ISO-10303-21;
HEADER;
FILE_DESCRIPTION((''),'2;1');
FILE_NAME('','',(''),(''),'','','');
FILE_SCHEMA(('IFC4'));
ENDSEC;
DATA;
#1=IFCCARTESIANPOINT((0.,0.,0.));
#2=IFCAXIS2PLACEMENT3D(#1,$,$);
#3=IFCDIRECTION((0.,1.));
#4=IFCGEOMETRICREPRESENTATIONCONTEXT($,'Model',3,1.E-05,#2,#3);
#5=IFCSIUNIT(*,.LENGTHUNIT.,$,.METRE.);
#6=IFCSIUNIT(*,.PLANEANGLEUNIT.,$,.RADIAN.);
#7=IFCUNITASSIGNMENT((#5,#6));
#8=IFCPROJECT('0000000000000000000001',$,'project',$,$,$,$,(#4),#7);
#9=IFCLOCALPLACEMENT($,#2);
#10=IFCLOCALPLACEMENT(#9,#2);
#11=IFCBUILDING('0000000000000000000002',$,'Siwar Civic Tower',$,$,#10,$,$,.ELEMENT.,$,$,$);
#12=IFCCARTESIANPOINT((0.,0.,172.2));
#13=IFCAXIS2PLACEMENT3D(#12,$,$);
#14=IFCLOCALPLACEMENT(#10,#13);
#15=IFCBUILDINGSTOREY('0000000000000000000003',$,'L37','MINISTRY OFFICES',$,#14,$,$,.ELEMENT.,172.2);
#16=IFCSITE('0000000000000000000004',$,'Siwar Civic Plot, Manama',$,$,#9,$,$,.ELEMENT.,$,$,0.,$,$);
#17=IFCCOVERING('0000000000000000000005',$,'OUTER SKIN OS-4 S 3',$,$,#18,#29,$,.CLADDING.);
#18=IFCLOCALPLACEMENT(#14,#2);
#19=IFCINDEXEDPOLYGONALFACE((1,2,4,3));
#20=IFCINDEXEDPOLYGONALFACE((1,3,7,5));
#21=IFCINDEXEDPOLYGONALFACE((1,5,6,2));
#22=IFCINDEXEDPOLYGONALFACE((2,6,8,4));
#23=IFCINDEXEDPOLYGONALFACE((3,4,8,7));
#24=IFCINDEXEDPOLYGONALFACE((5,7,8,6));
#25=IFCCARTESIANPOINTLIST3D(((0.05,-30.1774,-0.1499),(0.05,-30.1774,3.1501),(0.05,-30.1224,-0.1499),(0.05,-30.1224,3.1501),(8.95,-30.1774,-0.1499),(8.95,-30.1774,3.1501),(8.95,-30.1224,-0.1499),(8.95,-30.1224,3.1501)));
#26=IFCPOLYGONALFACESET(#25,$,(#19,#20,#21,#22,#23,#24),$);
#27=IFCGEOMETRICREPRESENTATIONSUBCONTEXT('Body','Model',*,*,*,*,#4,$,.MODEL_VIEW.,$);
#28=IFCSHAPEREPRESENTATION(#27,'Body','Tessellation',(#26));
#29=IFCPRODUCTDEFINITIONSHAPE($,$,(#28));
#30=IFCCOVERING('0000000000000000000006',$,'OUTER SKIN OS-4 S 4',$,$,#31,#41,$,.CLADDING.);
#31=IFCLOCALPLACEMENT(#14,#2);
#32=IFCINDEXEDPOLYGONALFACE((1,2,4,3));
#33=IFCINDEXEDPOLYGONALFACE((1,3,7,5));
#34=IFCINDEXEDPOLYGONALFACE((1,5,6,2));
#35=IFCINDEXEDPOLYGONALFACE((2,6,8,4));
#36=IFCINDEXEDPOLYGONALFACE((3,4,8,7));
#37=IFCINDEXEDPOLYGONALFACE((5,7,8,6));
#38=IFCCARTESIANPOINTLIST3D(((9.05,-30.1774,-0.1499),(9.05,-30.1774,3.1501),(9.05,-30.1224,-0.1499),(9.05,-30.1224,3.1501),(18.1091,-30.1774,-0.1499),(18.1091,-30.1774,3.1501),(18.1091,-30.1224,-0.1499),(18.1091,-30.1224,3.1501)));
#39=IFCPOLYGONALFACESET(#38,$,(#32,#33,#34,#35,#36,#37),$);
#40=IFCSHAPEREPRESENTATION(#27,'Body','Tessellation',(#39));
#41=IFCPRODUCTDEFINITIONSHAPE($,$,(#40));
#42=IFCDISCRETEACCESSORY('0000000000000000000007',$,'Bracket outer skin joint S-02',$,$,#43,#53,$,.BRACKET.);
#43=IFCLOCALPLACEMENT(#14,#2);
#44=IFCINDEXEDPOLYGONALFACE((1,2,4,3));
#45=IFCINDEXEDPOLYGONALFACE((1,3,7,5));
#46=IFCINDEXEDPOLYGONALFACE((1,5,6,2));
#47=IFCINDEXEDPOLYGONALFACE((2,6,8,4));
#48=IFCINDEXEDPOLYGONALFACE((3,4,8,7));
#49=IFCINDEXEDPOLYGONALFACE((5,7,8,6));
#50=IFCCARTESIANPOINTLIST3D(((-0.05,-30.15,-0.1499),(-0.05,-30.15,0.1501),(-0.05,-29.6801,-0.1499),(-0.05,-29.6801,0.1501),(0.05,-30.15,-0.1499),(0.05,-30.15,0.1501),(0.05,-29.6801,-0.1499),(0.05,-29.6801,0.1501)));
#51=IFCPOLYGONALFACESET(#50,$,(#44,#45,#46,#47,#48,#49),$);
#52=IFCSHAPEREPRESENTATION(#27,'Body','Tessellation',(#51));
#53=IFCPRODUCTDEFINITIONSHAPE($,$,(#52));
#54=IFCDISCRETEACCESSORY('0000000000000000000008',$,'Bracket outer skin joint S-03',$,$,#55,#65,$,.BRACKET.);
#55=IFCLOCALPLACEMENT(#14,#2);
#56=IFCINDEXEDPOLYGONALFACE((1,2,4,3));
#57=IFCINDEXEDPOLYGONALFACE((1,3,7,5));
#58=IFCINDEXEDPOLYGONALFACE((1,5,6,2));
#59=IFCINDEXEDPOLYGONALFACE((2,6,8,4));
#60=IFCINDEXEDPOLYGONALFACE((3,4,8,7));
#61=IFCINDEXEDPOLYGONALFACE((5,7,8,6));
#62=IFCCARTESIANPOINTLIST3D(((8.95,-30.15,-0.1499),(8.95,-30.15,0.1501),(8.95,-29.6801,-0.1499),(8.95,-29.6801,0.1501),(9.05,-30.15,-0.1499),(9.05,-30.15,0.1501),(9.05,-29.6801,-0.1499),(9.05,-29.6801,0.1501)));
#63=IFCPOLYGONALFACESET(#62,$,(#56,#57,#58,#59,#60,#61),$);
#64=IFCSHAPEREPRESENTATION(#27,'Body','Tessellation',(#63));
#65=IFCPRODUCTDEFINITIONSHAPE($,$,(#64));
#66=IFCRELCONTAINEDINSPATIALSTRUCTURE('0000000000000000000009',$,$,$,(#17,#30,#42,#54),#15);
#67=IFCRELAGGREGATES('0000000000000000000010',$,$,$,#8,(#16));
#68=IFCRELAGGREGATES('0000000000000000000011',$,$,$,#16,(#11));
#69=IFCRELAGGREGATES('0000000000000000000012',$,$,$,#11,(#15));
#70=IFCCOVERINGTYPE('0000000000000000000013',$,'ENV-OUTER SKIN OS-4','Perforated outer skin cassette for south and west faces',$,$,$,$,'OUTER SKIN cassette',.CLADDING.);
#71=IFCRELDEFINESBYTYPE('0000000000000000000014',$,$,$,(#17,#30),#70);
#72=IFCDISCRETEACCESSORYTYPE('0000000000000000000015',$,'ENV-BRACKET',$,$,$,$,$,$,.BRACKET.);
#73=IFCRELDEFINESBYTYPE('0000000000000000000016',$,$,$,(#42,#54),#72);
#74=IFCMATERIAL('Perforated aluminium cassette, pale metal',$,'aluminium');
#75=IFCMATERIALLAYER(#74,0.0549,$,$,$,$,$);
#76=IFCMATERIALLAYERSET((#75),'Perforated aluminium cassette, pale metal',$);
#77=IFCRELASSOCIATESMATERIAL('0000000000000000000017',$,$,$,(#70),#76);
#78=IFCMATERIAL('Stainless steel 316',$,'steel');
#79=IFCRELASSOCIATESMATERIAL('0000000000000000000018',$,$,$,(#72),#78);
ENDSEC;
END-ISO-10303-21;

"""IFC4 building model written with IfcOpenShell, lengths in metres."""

from ifc_helpers import new_model, si_unit, direction, frame, origin, origin_2d, place, context, subcontext, project, spatial, rectangle, extrude, material, layer, layer_set, type_object, element, save


model = new_model("IFC4")

# Units and contexts
model_context = context("Model", 3, precision=1e-05, world=origin(), true_north=direction((0.0, 1.0)))
body_context = subcontext(model_context, "Body", "Model", "MODEL_VIEW")
ifc_project = project(units=[si_unit("LENGTHUNIT", "METRE"), si_unit("PLANEANGLEUNIT", "RADIAN")], contexts=[model_context])

# Site, building, storey
site_placement = place(None, origin())
site = spatial("IfcSite", under=ifc_project, at=site_placement, Name="Siwar Civic Plot, Manama", CompositionType="ELEMENT", RefElevation=0.0)
building_placement = place(site_placement, origin())
building = spatial("IfcBuilding", under=site, at=building_placement, Name="Siwar Civic Tower", CompositionType="ELEMENT")
storey_placement = place(building_placement, frame((0.0, 0.0, 172.2)))
storey = spatial("IfcBuildingStorey", under=building, at=storey_placement, Name="L37", Description="MINISTRY OFFICES", CompositionType="ELEMENT", Elevation=172.2)

# Coverings
ifc_material_1 = material(Name="Perforated aluminium cassette, pale metal", Category="aluminium")
ifc_layer_1 = layer(ifc_material_1, 0.0549)
ifc_layer_set_1 = layer_set([ifc_layer_1], Name="Perforated aluminium cassette, pale metal")
covering_type = type_object("IfcCoveringType", Name="ENV-OUTER SKIN OS-4", Description="Perforated outer skin cassette for south and west faces", ElementType="OUTER SKIN cassette", PredefinedType="CLADDING", material=ifc_layer_set_1)
covering_1_placement = place(storey_placement, frame((4.5, -30.1499, -0.1499), z_axis=(0.0, 0.0, 1.0), x_axis=(1.0, 0.0, 0.0)))
element("IfcCovering", 1, at=covering_1_placement, inside=storey, type_object=covering_type, Name="OUTER SKIN OS-4 S 3", PredefinedType="CLADDING", context=body_context, shape_type="SweptSolid", body=[
    extrude(rectangle(XDim=8.8999, YDim=0.0549, at=origin_2d()), origin(), (0.0, 0.0, 1.0), 3.3),
])
covering_2_placement = place(storey_placement, frame((13.5796, -30.1499, -0.1499), z_axis=(0.0, 0.0, 1.0), x_axis=(1.0, 0.0, 0.0)))
element("IfcCovering", 2, at=covering_2_placement, inside=storey, type_object=covering_type, Name="OUTER SKIN OS-4 S 4", PredefinedType="CLADDING", context=body_context, shape_type="SweptSolid", body=[
    extrude(rectangle(XDim=9.0591, YDim=0.0549, at=origin_2d()), origin(), (0.0, 0.0, 1.0), 3.3),
])

# Discrete accessories
ifc_material_2 = material(Name="Stainless steel 316", Category="steel")
discrete_accessory_type = type_object("IfcDiscreteAccessoryType", Name="ENV-BRACKET", PredefinedType="BRACKET", material=ifc_material_2)
for number, where, z_axis, x_axis, name in (
    (3, (0.0, -29.915, -0.1499), (0.0, 0.0, 1.0), (0.0, -1.0, 0.0), "Bracket outer skin joint S-02"),
    (4, (9.0, -29.915, -0.1499), (0.0, 0.0, 1.0), (0.0, -1.0, 0.0), "Bracket outer skin joint S-03"),
):
    element("IfcDiscreteAccessory", number, at=place(storey_placement, frame(where, z_axis=z_axis, x_axis=x_axis)), inside=storey, type_object=discrete_accessory_type, Name=name, PredefinedType="BRACKET", context=body_context, shape_type="SweptSolid", body=[
        extrude(rectangle(XDim=0.47, YDim=0.1001, at=origin_2d()), origin(), (0.0, 0.0, 1.0), 0.3),
    ])

save(model, "model.ifc")
